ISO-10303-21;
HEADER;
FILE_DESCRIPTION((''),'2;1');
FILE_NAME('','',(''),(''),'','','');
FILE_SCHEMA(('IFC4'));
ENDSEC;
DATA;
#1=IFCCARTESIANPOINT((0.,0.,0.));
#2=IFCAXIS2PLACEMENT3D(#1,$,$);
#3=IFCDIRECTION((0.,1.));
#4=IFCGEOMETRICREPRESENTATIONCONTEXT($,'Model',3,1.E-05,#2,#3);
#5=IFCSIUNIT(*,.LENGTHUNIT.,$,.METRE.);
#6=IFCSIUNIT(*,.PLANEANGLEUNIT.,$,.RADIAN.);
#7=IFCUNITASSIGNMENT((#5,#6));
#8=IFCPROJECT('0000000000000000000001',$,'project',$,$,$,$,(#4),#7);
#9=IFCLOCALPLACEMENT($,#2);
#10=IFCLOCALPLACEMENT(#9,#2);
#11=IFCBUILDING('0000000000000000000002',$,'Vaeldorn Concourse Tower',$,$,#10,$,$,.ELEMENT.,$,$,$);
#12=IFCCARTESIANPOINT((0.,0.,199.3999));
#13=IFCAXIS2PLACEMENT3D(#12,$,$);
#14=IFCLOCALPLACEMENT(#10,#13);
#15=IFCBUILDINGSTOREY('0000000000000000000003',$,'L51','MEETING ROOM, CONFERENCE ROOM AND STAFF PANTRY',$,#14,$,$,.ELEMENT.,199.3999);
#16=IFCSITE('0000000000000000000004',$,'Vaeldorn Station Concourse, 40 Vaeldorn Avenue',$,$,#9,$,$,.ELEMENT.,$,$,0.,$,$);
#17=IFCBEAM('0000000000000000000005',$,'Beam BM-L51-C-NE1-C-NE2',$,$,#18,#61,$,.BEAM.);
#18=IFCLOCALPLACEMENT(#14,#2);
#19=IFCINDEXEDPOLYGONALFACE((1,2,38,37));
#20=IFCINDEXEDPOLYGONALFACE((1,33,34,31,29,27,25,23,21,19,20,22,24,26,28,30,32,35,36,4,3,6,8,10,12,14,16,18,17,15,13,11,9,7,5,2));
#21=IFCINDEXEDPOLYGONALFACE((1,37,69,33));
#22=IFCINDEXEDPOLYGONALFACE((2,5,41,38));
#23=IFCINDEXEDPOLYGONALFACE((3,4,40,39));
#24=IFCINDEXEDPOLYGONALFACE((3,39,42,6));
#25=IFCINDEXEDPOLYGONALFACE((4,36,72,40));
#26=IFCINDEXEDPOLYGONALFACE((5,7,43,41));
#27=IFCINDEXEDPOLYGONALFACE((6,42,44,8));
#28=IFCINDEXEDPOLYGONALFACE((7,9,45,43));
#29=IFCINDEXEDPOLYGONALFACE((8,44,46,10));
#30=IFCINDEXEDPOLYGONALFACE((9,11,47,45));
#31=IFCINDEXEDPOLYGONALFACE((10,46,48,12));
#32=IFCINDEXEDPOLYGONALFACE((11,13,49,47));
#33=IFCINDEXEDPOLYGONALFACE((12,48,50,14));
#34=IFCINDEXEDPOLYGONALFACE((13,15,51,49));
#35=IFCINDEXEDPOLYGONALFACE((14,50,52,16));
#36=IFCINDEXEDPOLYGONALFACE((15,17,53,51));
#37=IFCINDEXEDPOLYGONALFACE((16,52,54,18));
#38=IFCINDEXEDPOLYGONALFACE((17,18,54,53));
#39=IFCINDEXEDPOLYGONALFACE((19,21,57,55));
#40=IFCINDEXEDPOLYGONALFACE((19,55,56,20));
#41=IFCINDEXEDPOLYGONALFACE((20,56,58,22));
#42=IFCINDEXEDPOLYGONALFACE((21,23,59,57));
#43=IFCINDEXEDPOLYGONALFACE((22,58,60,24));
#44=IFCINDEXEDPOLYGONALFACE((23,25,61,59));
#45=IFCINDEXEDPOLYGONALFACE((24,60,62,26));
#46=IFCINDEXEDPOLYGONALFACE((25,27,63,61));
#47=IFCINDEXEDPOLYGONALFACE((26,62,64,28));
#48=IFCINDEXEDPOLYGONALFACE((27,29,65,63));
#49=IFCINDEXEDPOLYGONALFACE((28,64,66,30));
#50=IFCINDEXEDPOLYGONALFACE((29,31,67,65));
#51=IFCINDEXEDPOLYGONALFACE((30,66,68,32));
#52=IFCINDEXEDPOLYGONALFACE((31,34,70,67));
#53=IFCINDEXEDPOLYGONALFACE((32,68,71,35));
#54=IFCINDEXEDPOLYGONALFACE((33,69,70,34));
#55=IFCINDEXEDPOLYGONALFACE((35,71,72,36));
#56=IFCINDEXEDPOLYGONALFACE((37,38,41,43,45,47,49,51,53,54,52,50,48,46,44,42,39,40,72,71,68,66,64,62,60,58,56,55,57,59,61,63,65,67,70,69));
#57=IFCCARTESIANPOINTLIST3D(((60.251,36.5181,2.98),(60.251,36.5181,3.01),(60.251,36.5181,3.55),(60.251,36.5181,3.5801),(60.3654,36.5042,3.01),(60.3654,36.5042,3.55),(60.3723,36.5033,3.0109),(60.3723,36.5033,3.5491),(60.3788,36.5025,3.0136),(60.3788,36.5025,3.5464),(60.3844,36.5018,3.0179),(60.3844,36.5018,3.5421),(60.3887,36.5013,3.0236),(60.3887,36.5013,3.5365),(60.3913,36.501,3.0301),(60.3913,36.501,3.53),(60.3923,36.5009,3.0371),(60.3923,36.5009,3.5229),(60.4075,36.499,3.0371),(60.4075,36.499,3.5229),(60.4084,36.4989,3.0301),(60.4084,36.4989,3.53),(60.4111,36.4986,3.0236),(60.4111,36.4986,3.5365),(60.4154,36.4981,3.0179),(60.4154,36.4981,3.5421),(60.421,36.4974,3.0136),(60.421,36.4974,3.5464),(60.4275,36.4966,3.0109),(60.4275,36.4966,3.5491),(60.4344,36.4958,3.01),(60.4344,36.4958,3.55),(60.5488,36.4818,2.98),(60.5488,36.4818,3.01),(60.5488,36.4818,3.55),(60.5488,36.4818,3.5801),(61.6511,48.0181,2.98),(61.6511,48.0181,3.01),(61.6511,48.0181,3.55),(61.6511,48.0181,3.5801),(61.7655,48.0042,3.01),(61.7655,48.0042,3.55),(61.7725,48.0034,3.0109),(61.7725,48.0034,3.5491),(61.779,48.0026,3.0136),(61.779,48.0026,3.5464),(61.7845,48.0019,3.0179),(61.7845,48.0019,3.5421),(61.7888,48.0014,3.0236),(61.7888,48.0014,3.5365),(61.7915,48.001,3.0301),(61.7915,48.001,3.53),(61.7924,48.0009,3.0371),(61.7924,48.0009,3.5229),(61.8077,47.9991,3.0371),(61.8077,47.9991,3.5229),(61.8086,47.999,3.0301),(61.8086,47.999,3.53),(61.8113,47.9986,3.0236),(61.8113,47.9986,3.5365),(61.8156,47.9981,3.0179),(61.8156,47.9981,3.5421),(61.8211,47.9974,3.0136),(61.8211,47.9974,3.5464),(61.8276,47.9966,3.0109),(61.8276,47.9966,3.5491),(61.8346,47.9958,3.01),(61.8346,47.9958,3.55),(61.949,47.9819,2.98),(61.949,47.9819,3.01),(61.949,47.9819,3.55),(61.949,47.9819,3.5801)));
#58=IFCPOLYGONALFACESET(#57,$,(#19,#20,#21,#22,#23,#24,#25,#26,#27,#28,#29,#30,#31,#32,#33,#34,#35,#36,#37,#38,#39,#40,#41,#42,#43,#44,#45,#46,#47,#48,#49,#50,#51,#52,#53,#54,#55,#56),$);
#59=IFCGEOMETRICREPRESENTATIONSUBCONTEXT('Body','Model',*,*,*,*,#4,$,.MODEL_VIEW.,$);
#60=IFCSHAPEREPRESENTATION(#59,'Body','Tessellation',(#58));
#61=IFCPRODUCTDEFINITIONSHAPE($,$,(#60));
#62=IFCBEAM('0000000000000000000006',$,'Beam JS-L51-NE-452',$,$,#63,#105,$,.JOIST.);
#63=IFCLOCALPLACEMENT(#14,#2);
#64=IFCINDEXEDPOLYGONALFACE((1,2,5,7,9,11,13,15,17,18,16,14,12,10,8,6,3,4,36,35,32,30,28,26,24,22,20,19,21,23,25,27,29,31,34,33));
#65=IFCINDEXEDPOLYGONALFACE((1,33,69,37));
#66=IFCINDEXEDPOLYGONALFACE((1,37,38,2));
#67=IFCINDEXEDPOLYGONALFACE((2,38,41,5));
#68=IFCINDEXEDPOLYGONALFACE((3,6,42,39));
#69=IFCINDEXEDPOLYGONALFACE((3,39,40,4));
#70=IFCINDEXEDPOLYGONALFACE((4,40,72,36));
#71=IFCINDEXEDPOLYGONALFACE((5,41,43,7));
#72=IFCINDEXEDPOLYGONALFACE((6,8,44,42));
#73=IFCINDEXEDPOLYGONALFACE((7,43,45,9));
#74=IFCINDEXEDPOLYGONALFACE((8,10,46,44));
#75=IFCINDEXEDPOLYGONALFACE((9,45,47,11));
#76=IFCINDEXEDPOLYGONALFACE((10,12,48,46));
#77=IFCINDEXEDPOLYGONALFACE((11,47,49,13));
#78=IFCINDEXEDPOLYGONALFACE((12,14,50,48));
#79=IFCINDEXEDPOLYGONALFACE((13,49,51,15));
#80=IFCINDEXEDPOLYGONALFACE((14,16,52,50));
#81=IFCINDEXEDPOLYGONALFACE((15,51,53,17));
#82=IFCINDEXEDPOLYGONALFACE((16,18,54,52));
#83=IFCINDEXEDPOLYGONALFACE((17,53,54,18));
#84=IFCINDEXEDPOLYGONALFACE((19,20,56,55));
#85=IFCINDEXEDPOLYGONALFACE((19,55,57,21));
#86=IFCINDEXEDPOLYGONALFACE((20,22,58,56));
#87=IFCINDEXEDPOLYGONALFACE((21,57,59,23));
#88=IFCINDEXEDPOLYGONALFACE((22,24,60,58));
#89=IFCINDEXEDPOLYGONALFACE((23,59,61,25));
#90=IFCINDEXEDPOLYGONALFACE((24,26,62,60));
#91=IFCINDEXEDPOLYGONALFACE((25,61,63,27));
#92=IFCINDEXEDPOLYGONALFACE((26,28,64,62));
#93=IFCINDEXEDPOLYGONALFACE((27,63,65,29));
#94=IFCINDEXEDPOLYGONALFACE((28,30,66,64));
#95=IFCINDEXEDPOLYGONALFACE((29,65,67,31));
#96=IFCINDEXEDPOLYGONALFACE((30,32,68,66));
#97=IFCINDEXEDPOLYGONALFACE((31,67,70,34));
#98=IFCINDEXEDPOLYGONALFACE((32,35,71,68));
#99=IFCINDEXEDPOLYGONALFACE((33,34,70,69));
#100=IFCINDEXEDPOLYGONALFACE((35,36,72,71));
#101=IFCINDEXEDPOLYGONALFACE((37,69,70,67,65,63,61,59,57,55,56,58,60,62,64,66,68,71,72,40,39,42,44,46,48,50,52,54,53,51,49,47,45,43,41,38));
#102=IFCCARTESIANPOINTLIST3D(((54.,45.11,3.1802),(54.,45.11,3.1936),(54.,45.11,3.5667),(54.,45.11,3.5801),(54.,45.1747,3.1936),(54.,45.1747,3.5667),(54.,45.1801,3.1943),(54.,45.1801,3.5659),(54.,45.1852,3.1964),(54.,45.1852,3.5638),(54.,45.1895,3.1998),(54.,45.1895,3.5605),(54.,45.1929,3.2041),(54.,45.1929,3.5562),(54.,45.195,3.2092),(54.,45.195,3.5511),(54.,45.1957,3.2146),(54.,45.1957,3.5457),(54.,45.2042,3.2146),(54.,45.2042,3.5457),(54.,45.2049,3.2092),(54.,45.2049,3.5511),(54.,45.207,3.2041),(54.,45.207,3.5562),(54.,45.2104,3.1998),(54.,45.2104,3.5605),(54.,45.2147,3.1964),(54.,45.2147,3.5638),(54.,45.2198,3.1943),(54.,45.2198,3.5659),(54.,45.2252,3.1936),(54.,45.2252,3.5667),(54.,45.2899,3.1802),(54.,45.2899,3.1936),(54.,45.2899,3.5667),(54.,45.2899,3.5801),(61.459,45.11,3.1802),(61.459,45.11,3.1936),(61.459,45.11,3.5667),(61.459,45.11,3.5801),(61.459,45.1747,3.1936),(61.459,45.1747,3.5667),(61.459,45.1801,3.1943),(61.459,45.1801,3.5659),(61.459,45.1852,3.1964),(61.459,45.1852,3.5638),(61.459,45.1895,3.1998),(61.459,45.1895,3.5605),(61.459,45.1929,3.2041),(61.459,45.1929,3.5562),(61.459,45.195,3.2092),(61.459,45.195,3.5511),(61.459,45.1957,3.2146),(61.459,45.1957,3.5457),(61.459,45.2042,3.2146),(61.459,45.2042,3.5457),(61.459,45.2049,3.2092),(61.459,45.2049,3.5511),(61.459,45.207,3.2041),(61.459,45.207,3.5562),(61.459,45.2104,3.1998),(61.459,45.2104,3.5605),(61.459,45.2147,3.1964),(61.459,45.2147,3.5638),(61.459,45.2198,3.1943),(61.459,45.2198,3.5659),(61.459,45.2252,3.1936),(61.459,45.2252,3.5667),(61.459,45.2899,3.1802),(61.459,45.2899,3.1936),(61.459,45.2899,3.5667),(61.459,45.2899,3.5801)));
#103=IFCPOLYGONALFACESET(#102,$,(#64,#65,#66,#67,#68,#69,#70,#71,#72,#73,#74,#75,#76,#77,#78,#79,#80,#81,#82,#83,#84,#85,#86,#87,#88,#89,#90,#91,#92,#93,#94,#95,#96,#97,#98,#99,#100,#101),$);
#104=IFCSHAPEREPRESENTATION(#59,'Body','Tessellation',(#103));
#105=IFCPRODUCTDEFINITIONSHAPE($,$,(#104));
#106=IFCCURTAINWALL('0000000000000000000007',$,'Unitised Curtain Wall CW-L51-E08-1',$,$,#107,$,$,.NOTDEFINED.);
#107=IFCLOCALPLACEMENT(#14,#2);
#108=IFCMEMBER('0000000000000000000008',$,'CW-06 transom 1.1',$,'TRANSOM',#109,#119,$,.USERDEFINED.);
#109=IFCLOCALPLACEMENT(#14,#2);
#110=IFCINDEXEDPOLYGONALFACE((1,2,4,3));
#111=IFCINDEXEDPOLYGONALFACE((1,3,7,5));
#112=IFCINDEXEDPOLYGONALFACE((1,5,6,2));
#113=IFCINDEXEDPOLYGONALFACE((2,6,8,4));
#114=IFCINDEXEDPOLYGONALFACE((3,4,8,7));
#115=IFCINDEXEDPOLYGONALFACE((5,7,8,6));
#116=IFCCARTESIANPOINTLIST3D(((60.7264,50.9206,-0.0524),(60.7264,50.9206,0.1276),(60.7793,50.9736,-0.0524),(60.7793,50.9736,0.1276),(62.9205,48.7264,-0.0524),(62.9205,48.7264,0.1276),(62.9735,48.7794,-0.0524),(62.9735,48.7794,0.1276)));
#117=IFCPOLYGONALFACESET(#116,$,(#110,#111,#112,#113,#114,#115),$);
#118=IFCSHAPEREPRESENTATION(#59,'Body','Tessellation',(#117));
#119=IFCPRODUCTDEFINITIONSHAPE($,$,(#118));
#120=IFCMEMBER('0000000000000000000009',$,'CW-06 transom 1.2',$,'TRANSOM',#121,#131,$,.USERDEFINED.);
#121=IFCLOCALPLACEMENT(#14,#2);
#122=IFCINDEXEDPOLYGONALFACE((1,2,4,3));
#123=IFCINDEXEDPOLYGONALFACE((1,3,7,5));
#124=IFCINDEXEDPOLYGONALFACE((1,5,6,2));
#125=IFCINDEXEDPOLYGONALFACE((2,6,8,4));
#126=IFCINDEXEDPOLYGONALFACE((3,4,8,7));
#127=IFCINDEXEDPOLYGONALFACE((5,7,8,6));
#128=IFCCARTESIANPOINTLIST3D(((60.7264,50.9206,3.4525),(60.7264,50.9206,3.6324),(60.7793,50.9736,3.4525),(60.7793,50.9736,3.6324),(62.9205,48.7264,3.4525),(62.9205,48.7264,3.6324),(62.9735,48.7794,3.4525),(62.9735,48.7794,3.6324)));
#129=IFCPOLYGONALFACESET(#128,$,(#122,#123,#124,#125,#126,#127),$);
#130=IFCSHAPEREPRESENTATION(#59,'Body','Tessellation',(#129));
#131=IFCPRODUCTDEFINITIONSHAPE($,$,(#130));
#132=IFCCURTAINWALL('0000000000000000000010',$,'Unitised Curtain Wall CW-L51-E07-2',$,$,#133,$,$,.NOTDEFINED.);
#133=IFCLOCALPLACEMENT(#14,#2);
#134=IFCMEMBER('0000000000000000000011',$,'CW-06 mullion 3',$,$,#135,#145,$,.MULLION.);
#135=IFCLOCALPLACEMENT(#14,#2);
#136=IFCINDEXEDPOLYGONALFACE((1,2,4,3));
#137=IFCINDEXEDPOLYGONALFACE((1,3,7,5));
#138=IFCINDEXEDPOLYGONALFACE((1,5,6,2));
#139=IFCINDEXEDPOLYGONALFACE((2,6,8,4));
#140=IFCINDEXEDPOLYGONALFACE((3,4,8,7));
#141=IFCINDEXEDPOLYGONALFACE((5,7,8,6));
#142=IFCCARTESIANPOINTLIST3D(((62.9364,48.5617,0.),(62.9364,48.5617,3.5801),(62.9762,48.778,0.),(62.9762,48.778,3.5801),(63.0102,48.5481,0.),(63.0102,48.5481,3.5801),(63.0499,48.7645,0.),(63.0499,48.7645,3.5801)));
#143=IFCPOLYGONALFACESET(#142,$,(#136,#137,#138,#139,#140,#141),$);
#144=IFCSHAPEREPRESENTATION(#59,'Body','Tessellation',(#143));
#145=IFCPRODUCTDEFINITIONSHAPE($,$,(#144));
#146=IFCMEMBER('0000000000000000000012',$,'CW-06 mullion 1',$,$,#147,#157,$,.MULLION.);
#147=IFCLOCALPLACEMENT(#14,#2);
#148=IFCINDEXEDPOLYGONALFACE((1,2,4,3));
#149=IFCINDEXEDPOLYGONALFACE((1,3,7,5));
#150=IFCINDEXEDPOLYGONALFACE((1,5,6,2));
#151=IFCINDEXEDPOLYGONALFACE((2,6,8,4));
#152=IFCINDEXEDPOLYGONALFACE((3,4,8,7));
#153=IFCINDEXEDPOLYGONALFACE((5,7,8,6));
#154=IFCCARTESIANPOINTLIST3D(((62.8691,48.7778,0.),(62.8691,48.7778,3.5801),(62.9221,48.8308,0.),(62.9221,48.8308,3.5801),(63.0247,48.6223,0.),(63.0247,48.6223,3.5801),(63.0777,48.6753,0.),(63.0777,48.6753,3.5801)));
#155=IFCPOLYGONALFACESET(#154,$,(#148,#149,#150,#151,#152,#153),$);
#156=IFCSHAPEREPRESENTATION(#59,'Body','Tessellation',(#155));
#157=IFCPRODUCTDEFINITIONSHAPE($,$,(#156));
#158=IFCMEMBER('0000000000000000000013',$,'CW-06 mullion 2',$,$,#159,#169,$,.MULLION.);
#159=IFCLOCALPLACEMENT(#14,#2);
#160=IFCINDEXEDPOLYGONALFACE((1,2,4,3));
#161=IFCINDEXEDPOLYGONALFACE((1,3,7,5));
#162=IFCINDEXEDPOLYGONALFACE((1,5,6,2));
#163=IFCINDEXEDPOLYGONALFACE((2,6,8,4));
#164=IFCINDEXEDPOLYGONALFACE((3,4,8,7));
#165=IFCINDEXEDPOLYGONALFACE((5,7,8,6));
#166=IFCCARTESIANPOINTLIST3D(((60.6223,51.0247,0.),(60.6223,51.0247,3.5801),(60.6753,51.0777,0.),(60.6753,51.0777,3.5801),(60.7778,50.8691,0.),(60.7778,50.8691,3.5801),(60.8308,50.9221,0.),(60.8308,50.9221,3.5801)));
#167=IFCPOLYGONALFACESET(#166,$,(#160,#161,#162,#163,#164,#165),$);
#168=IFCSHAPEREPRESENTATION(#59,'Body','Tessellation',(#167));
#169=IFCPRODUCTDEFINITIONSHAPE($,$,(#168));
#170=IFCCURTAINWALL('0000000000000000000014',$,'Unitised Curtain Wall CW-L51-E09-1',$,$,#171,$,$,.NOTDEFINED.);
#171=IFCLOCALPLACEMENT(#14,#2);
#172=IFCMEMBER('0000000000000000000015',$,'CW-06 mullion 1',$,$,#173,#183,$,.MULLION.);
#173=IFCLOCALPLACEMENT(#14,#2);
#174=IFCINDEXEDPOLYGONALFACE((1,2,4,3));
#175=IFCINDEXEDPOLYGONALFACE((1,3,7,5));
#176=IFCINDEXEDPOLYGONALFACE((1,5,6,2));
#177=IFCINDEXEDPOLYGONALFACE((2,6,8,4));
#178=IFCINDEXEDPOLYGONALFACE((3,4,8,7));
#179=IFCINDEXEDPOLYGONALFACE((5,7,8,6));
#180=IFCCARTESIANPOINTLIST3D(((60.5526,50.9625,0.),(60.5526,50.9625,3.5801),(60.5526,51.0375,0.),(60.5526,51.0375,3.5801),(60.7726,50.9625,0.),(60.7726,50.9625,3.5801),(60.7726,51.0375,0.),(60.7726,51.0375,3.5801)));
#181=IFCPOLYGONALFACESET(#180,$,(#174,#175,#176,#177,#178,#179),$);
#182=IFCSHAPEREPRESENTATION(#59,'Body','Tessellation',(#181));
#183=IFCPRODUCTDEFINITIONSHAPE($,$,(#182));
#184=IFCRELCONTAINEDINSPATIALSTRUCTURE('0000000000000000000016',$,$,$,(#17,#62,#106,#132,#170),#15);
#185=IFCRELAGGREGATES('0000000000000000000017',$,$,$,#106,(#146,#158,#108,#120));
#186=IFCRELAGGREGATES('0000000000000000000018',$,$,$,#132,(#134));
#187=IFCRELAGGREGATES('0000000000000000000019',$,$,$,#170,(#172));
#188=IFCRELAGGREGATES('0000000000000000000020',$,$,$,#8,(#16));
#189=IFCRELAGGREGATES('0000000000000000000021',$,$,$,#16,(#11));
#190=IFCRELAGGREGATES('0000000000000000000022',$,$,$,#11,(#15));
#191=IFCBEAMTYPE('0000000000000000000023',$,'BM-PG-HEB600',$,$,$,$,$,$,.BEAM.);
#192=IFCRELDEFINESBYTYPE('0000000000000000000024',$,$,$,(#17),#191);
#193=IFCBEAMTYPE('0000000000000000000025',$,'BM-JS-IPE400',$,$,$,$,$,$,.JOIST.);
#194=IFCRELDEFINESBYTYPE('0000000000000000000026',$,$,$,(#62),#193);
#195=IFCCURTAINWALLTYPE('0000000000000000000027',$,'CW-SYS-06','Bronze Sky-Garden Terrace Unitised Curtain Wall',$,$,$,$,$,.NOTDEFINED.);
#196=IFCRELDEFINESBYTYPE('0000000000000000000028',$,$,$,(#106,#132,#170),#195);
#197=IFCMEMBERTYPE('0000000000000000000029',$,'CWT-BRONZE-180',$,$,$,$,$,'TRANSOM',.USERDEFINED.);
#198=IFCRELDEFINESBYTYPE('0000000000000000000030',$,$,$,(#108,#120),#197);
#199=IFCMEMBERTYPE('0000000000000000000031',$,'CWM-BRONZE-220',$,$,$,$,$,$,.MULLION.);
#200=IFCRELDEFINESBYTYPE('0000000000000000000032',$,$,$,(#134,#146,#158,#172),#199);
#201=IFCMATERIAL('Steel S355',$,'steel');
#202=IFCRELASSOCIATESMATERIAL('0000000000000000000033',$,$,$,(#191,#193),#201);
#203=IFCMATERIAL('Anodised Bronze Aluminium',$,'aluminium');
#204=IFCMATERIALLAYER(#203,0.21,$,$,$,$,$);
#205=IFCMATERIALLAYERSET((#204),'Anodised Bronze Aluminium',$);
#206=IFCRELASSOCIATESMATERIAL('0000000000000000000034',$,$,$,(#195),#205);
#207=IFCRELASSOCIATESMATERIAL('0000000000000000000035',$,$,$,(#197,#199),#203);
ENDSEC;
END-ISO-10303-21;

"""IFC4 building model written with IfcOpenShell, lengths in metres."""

from ifc_helpers import new_model, si_unit, direction, frame, origin, origin_2d, place, context, subcontext, project, spatial, rectangle, i_section, extrude, source, transform, mapped, material, layer, layer_set, material_profile, profile_set, type_object, element, aggregate, save


model = new_model("IFC4")

# Units and contexts
model_context = context("Model", 3, precision=1e-05, world=origin(), true_north=direction((0.0, 1.0)))
body_context = subcontext(model_context, "Body", "Model", "MODEL_VIEW")
ifc_project = project(units=[si_unit("LENGTHUNIT", "METRE"), si_unit("PLANEANGLEUNIT", "RADIAN")], contexts=[model_context])

# Site, building, storey
site_placement = place(None, origin())
site = spatial("IfcSite", under=ifc_project, at=site_placement, Name="Vaeldorn Station Concourse, 40 Vaeldorn Avenue", CompositionType="ELEMENT", RefElevation=0.0)
building_placement = place(site_placement, origin())
building = spatial("IfcBuilding", under=site, at=building_placement, Name="Vaeldorn Concourse Tower", CompositionType="ELEMENT")
storey_placement = place(building_placement, frame((0.0, 0.0, 199.3999)))
storey = spatial("IfcBuildingStorey", under=building, at=storey_placement, Name="L51", Description="MEETING ROOM, CONFERENCE ROOM AND STAFF PANTRY", CompositionType="ELEMENT", Elevation=199.3999)

# Beams
ifc_material_1 = material(Name="Steel S355", Category="steel")
ifc_material_profile_1 = material_profile(ifc_material_1, i_section(OverallWidth=0.3, OverallDepth=0.6001, WebThickness=0.0154, FlangeThickness=0.03, FilletRadius=0.0271, at=origin_2d()), Name="HEB 600")
ifc_profile_set_1 = profile_set([ifc_material_profile_1], Name="Steel S355")
beam_type_1 = type_object("IfcBeamType", Name="BM-PG-HEB600", PredefinedType="BEAM", material=ifc_profile_set_1)
shared_shape_1 = source(origin(), body_context, "Body", "SweptSolid", [
    extrude(i_section(OverallWidth=0.3, OverallDepth=0.6001, WebThickness=0.0154, FlangeThickness=0.03, FilletRadius=0.0271, at=origin_2d()), origin(), (0.0, 0.0, 1.0), 11.585),
])
beam_1_placement = place(storey_placement, frame((61.8, 48.0, 3.28), z_axis=(-0.120859, -0.99267, 0.0), x_axis=(0.99267, -0.120859, 0.0)))
element("IfcBeam", 1, at=beam_1_placement, inside=storey, type_object=beam_type_1, Name="Beam BM-L51-C-NE1-C-NE2", PredefinedType="BEAM", context=body_context, shape_type="MappedRepresentation", body=[
    mapped(shared_shape_1, transform((0.0, 0.0, 0.0), scale=1.0)),
])
ifc_material_profile_2 = material_profile(ifc_material_1, i_section(OverallWidth=0.1799, OverallDepth=0.3999, WebThickness=0.0085, FlangeThickness=0.0134, FilletRadius=0.021, at=origin_2d()), Name="IPE 400")
ifc_profile_set_2 = profile_set([ifc_material_profile_2], Name="Steel S355")
beam_type_2 = type_object("IfcBeamType", Name="BM-JS-IPE400", PredefinedType="JOIST", material=ifc_profile_set_2)
shared_shape_2 = source(origin(), body_context, "Body", "SweptSolid", [
    extrude(i_section(OverallWidth=0.1799, OverallDepth=0.3999, WebThickness=0.0085, FlangeThickness=0.0134, FilletRadius=0.021, at=origin_2d()), origin(), (0.0, 0.0, 1.0), 7.459),
])
beam_2_placement = place(storey_placement, frame((54.0, 45.2, 3.3801), z_axis=(1.0, 0.0, 0.0), x_axis=(0.0, 1.0, 0.0)))
element("IfcBeam", 2, at=beam_2_placement, inside=storey, type_object=beam_type_2, Name="Beam JS-L51-NE-452", PredefinedType="JOIST", context=body_context, shape_type="MappedRepresentation", body=[
    mapped(shared_shape_2, transform((0.0, 0.0, 0.0), scale=1.0)),
])

# Curtain wall, members
ifc_material_2 = material(Name="Anodised Bronze Aluminium", Category="aluminium")
ifc_layer_1 = layer(ifc_material_2, 0.21)
ifc_layer_set_1 = layer_set([ifc_layer_1], Name="Anodised Bronze Aluminium")
curtain_wall_type = type_object("IfcCurtainWallType", Name="CW-SYS-06", Description="Bronze Sky-Garden Terrace Unitised Curtain Wall", PredefinedType="NOTDEFINED", material=ifc_layer_set_1)
curtain_wall_1_placement = place(storey_placement, origin())
curtain_wall_1 = element("IfcCurtainWall", 3, at=curtain_wall_1_placement, inside=storey, type_object=curtain_wall_type, Name="Unitised Curtain Wall CW-L51-E08-1", PredefinedType="NOTDEFINED")
ifc_material_profile_3 = material_profile(ifc_material_2, rectangle(XDim=0.075, YDim=0.1799, at=origin_2d()), Name="CWT 75x180")
ifc_profile_set_3 = profile_set([ifc_material_profile_3], Name="Anodised Bronze Aluminium")
member_type_1 = type_object("IfcMemberType", Name="CWT-BRONZE-180", ElementType="TRANSOM", PredefinedType="USERDEFINED", material=ifc_profile_set_3)
shared_shape_3 = source(origin(), body_context, "Body", "SweptSolid", [
    extrude(rectangle(XDim=0.075, YDim=0.1799, at=origin_2d()), origin(), (0.0, 0.0, 1.0), 3.103),
])
member_1_placement = place(storey_placement, frame((62.947, 48.7529, 0.0376), z_axis=(-0.707107, 0.707107, 0.0), x_axis=(-0.707107, -0.707107, 0.0)))
member_1 = element("IfcMember", 4, at=member_1_placement, type_object=member_type_1, Name="CW-06 transom 1.1", ObjectType="TRANSOM", PredefinedType="USERDEFINED", context=body_context, shape_type="MappedRepresentation", body=[
    mapped(shared_shape_3, transform((0.0, 0.0, 0.0), scale=1.0)),
])
member_2_placement = place(storey_placement, frame((62.947, 48.7529, 3.5425), z_axis=(-0.707107, 0.707107, 0.0), x_axis=(-0.707107, -0.707107, 0.0)))
member_2 = element("IfcMember", 5, at=member_2_placement, type_object=member_type_1, Name="CW-06 transom 1.2", ObjectType="TRANSOM", PredefinedType="USERDEFINED", context=body_context, shape_type="MappedRepresentation", body=[
    mapped(shared_shape_3, transform((0.0, 0.0, 0.0), scale=1.0)),
])

# Curtain wall, member
curtain_wall_2_placement = place(storey_placement, origin())
curtain_wall_2 = element("IfcCurtainWall", 6, at=curtain_wall_2_placement, inside=storey, type_object=curtain_wall_type, Name="Unitised Curtain Wall CW-L51-E07-2", PredefinedType="NOTDEFINED")
ifc_material_profile_4 = material_profile(ifc_material_2, rectangle(XDim=0.075, YDim=0.22, at=origin_2d()), Name="CWM 75x220")
ifc_profile_set_4 = profile_set([ifc_material_profile_4], Name="Anodised Bronze Aluminium")
member_type_2 = type_object("IfcMemberType", Name="CWM-BRONZE-220", PredefinedType="MULLION", material=ifc_profile_set_4)
shared_shape_4 = source(origin(), body_context, "Body", "SweptSolid", [
    extrude(rectangle(XDim=0.075, YDim=0.22, at=origin_2d()), origin(), (0.0, 0.0, 1.0), 3.5801),
])
member_3_placement = place(storey_placement, frame((62.9932, 48.6631, 0.0), z_axis=(0.0, 0.0, 1.0), x_axis=(-0.983559, 0.180585, 0.0)))
member_3 = element("IfcMember", 7, at=member_3_placement, type_object=member_type_2, Name="CW-06 mullion 3", PredefinedType="MULLION", context=body_context, shape_type="MappedRepresentation", body=[
    mapped(shared_shape_4, transform((0.0, 0.0, 0.0), scale=1.0)),
])

# Members
member_4_placement = place(storey_placement, frame((62.9734, 48.7266, 0.0), z_axis=(0.0, 0.0, 1.0), x_axis=(-0.707107, -0.707107, 0.0)))
member_4 = element("IfcMember", 8, at=member_4_placement, type_object=member_type_2, Name="CW-06 mullion 1", PredefinedType="MULLION", context=body_context, shape_type="MappedRepresentation", body=[
    mapped(shared_shape_4, transform((0.0, 0.0, 0.0), scale=1.0)),
])
member_5_placement = place(storey_placement, frame((60.7266, 50.9734, 0.0), z_axis=(0.0, 0.0, 1.0), x_axis=(-0.707107, -0.707107, 0.0)))
member_5 = element("IfcMember", 9, at=member_5_placement, type_object=member_type_2, Name="CW-06 mullion 2", PredefinedType="MULLION", context=body_context, shape_type="MappedRepresentation", body=[
    mapped(shared_shape_4, transform((0.0, 0.0, 0.0), scale=1.0)),
])

# Curtain wall, member
curtain_wall_3_placement = place(storey_placement, origin())
curtain_wall_3 = element("IfcCurtainWall", 10, at=curtain_wall_3_placement, inside=storey, type_object=curtain_wall_type, Name="Unitised Curtain Wall CW-L51-E09-1", PredefinedType="NOTDEFINED")
member_6_placement = place(storey_placement, frame((60.6626, 51.0, 0.0), z_axis=(0.0, 0.0, 1.0), x_axis=(0.0, -1.0, 0.0)))
member_6 = element("IfcMember", 11, at=member_6_placement, type_object=member_type_2, Name="CW-06 mullion 1", PredefinedType="MULLION", context=body_context, shape_type="MappedRepresentation", body=[
    mapped(shared_shape_4, transform((0.0, 0.0, 0.0), scale=1.0)),
])

aggregate(curtain_wall_1, [member_4, member_5, member_1, member_2])
aggregate(curtain_wall_2, [member_3])
aggregate(curtain_wall_3, [member_6])

save(model, "model.ifc")
